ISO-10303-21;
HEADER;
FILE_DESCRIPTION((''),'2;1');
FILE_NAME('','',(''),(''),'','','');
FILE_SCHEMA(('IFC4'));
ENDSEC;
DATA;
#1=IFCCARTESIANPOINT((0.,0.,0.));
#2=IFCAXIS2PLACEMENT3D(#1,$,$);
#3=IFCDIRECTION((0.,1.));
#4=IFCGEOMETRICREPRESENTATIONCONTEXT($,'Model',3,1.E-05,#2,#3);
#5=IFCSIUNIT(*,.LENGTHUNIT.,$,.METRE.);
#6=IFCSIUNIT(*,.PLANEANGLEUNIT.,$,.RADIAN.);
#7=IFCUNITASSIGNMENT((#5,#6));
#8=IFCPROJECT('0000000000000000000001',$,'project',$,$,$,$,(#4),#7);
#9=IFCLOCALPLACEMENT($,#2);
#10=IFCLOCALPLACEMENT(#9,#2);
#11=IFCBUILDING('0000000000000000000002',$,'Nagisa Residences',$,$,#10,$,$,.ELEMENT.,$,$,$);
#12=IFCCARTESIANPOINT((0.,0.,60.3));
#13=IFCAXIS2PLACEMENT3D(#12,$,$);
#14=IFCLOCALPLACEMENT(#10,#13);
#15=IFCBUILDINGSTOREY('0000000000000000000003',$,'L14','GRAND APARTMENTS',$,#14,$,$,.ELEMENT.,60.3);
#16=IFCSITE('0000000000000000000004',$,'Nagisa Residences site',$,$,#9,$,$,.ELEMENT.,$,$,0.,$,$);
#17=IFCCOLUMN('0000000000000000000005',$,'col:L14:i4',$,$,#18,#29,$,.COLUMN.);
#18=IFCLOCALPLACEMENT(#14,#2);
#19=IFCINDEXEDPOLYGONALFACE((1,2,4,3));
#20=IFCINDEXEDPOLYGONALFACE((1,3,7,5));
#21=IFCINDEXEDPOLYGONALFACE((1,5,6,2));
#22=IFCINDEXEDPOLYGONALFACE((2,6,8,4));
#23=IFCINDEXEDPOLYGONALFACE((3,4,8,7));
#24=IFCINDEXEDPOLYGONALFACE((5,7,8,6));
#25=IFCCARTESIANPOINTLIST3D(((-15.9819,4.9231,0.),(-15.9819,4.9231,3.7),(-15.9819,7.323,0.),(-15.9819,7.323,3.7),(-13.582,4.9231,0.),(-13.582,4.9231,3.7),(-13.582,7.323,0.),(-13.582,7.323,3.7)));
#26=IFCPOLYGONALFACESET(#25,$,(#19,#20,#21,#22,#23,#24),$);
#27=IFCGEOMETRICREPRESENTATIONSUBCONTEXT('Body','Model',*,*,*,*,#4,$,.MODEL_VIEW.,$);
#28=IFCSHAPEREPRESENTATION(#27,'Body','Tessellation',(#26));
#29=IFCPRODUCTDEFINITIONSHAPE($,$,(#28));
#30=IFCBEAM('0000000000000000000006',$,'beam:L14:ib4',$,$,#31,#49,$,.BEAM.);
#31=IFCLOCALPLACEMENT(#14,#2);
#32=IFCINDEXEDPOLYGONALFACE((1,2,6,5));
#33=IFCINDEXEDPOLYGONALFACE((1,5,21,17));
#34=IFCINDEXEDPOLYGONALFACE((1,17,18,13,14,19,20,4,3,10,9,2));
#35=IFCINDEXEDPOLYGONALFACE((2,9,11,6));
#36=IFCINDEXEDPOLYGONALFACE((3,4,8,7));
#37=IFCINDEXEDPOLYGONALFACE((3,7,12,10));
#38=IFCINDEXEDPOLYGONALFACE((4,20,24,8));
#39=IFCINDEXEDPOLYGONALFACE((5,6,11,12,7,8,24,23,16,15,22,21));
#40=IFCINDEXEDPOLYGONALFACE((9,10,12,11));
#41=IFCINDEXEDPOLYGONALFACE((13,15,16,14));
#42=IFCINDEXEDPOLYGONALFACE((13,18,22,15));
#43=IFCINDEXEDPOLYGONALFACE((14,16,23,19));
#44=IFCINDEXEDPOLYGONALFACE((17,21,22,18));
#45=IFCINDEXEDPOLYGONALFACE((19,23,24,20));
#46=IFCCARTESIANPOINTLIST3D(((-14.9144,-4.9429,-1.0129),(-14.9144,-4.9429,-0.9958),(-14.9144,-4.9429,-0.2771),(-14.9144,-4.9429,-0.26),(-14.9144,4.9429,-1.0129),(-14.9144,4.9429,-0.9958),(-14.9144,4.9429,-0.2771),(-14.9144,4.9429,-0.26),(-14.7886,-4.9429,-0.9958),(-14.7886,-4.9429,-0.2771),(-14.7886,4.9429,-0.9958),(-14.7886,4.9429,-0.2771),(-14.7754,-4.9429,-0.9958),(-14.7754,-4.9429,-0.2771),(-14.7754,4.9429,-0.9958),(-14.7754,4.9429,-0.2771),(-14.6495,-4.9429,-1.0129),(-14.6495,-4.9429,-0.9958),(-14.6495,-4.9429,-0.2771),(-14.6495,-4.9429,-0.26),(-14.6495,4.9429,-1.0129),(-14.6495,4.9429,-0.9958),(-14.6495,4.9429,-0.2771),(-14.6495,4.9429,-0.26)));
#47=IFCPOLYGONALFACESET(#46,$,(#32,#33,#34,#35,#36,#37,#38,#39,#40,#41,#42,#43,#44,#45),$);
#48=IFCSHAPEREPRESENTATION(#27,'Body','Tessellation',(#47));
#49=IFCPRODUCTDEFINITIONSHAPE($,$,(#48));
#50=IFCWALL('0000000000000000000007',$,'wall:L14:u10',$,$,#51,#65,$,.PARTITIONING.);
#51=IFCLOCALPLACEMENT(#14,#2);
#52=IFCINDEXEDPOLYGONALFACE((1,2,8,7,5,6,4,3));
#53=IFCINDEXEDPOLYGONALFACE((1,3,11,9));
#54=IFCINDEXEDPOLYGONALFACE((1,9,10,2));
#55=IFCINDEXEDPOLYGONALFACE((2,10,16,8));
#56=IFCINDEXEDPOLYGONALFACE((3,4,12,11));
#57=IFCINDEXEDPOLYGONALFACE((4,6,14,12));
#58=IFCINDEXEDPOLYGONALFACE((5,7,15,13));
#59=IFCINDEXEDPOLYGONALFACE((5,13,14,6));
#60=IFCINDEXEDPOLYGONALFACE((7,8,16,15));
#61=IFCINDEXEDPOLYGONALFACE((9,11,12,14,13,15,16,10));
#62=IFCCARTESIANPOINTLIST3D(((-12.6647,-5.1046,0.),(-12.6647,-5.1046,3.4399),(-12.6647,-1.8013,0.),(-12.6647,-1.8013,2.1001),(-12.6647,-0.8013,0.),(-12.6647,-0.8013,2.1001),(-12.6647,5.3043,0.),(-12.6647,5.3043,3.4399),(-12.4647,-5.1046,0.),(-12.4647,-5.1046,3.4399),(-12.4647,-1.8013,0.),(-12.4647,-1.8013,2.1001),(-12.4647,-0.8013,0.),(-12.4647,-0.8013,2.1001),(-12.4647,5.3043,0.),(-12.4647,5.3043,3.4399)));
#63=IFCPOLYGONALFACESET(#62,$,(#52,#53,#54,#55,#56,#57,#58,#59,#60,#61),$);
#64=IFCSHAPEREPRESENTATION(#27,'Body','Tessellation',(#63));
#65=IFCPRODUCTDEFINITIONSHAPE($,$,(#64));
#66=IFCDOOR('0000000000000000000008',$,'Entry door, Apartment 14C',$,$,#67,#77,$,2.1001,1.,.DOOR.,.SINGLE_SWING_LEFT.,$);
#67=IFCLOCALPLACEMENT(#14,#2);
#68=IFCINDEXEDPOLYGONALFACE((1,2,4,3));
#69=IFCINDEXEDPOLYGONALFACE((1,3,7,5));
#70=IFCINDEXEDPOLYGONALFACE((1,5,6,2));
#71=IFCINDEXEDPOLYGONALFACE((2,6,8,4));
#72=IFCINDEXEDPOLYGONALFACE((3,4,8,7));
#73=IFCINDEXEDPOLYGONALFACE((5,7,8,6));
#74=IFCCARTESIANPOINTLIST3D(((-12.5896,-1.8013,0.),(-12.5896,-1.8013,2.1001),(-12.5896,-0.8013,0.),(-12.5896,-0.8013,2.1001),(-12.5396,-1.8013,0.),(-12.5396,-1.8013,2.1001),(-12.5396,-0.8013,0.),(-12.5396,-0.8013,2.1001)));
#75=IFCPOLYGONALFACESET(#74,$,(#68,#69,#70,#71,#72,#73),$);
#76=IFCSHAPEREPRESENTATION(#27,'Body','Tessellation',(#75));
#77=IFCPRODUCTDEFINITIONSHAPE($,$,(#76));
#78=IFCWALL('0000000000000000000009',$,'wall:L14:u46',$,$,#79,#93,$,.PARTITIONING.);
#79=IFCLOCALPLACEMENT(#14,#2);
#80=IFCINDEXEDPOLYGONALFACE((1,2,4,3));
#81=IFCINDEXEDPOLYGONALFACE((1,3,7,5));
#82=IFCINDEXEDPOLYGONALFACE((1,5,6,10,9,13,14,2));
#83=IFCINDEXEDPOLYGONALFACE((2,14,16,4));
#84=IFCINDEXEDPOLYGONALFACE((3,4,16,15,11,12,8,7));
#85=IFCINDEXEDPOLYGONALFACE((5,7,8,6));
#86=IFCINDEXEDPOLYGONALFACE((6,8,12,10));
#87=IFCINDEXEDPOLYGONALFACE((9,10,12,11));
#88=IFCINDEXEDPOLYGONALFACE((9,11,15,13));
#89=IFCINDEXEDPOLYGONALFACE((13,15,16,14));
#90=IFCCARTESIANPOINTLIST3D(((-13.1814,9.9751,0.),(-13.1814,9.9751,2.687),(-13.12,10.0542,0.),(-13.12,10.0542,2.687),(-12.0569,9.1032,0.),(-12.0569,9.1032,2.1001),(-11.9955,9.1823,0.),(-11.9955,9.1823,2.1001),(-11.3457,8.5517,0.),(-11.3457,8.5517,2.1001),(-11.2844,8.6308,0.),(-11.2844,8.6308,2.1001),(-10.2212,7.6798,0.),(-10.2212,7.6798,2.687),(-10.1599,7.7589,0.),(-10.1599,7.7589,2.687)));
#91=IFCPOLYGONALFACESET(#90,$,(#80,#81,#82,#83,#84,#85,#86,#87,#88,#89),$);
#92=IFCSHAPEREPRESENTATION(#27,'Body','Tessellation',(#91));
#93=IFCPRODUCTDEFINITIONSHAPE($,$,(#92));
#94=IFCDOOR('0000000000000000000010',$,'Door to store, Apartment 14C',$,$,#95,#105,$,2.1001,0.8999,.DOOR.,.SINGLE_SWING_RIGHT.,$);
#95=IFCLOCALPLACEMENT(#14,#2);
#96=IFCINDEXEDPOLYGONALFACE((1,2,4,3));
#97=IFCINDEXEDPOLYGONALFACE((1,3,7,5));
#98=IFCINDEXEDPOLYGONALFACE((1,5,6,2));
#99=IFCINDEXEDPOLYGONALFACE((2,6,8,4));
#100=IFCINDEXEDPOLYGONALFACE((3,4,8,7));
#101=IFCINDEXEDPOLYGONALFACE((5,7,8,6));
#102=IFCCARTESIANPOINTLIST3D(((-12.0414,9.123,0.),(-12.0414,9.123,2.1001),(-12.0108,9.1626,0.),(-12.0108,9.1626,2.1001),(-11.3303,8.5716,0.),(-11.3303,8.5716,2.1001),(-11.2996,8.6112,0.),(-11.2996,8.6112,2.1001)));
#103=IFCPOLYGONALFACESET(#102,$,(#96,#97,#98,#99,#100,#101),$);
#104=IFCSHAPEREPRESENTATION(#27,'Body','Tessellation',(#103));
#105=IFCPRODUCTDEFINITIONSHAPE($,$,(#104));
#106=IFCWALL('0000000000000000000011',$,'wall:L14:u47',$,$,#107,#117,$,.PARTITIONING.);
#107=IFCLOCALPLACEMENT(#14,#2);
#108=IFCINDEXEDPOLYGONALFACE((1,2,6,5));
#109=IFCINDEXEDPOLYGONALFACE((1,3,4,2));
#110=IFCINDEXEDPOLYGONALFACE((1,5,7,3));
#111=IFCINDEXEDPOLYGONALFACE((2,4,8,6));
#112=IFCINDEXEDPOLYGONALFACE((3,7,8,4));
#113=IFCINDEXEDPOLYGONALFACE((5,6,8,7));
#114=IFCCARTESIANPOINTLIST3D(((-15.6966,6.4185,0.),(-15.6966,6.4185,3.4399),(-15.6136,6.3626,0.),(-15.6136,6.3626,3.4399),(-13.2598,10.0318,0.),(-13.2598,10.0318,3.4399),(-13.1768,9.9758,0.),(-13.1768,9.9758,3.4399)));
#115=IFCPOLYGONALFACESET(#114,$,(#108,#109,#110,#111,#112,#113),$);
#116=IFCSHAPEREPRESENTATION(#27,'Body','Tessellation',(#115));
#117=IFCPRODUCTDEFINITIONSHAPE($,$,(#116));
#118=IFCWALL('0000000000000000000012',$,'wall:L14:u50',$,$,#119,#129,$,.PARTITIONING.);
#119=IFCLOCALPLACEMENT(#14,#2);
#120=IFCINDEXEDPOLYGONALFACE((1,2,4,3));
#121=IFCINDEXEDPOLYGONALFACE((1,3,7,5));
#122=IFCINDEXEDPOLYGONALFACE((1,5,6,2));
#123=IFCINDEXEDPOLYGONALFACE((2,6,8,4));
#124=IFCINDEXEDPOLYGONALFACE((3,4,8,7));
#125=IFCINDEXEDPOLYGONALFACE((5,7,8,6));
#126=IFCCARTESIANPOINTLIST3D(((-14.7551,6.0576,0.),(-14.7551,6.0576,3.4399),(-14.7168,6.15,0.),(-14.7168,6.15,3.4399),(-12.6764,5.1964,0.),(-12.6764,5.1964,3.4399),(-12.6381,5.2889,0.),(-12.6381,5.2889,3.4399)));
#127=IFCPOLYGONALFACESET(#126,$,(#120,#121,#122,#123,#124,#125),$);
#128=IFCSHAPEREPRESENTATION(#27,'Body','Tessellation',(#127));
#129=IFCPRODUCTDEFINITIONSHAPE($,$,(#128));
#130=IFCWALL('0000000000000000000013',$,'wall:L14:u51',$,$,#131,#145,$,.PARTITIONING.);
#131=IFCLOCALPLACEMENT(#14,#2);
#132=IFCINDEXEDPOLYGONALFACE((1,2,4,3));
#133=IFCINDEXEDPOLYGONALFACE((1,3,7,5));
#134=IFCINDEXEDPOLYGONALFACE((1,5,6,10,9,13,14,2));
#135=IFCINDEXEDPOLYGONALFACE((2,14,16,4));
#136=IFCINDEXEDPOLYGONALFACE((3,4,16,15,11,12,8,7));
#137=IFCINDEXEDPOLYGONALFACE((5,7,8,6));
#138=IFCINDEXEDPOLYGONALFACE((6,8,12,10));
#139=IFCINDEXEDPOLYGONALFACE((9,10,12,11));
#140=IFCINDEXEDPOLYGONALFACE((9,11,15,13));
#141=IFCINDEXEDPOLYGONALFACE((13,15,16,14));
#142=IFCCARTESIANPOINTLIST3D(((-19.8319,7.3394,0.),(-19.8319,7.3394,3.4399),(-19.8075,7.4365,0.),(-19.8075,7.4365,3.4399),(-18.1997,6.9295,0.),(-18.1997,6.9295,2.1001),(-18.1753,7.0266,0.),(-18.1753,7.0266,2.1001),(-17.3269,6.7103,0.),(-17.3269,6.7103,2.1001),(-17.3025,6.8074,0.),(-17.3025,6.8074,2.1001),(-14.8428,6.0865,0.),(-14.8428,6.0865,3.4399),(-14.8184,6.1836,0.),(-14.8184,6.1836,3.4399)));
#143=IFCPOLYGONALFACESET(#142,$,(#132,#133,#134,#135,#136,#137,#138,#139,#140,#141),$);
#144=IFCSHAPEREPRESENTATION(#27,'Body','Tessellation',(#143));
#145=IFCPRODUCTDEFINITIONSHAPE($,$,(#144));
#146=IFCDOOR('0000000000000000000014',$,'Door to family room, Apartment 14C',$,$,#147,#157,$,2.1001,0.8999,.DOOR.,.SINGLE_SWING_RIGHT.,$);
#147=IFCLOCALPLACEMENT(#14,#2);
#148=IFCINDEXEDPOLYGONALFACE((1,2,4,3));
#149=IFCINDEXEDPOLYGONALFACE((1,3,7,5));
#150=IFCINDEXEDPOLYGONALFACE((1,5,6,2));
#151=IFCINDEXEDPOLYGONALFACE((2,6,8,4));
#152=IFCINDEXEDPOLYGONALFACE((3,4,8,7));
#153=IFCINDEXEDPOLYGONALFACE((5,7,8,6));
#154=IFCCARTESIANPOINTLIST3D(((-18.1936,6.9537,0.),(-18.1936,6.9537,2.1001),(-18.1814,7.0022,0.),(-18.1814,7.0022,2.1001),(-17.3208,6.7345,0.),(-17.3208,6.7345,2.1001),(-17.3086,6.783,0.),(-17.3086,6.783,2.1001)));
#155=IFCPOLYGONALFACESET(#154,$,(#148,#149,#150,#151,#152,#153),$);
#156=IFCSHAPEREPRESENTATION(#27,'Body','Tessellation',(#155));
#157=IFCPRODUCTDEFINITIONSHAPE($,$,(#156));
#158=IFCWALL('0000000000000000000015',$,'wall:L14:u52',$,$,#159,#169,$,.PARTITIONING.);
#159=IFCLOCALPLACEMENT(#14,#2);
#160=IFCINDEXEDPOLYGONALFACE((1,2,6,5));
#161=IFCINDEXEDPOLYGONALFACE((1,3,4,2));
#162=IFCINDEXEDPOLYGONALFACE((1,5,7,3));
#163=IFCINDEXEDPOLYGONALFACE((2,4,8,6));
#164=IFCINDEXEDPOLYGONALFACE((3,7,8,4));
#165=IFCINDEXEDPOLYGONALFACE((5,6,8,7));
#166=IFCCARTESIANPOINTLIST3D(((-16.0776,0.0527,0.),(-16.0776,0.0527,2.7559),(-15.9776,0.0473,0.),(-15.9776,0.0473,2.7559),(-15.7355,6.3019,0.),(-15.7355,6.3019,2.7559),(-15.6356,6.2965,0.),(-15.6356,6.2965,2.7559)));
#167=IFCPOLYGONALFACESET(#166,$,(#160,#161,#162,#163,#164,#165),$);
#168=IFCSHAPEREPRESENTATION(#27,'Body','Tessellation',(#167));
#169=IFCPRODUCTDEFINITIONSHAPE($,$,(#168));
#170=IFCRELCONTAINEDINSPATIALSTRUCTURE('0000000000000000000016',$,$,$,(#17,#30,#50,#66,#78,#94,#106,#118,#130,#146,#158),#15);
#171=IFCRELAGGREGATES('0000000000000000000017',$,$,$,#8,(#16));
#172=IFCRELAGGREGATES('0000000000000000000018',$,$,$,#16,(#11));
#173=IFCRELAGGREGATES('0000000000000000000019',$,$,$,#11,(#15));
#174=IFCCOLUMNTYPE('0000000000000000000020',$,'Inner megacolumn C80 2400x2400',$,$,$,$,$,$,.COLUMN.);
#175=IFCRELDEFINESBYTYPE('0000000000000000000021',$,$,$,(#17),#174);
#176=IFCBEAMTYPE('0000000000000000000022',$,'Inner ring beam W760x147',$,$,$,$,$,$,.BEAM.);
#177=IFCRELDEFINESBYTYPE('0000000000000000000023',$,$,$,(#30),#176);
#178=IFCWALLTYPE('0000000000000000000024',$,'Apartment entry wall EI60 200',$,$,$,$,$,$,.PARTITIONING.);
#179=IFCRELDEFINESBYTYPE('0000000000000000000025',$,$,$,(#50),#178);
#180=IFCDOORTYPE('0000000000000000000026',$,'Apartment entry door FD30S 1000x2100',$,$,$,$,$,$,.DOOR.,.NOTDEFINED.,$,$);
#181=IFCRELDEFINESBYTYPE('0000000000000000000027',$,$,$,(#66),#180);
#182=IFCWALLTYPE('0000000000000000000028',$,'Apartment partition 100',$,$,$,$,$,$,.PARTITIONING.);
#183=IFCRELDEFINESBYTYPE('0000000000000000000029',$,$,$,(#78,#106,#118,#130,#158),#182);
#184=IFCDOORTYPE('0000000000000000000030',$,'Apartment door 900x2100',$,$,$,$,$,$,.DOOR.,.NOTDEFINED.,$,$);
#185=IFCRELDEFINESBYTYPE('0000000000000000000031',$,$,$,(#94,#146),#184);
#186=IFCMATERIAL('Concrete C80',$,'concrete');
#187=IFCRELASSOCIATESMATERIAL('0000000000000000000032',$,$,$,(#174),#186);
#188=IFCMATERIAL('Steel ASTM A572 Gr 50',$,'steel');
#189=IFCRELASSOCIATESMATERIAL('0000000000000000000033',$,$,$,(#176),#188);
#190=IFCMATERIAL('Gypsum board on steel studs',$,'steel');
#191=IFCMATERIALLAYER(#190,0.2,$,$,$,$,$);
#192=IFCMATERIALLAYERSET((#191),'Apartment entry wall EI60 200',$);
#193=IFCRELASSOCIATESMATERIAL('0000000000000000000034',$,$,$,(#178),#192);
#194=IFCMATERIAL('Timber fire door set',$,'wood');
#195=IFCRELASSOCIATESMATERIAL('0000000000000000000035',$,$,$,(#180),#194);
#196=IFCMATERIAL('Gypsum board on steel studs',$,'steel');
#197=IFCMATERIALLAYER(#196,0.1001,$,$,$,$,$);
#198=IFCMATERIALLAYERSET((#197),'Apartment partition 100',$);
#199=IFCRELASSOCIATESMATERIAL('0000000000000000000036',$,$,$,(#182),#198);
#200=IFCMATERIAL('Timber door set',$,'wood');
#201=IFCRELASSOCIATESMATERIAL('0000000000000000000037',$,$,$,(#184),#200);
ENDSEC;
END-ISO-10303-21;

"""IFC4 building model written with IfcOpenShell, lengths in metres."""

from ifc_helpers import new_model, si_unit, direction, frame, frame_2d, origin, origin_2d, place, context, subcontext, project, spatial, rectangle, i_section, extrude, material, layer, layer_set, material_profile, profile_set, type_object, element, fill, save


model = new_model("IFC4")

# Units and contexts
model_context = context("Model", 3, precision=1e-05, world=origin(), true_north=direction((0.0, 1.0)))
body_context = subcontext(model_context, "Body", "Model", "MODEL_VIEW")
ifc_project = project(units=[si_unit("LENGTHUNIT", "METRE"), si_unit("PLANEANGLEUNIT", "RADIAN")], contexts=[model_context])

# Site, building, storey
site_placement = place(None, origin())
site = spatial("IfcSite", under=ifc_project, at=site_placement, Name="Nagisa Residences site", CompositionType="ELEMENT", RefElevation=0.0)
building_placement = place(site_placement, origin())
building = spatial("IfcBuilding", under=site, at=building_placement, Name="Nagisa Residences", CompositionType="ELEMENT")
storey_placement = place(building_placement, frame((0.0, 0.0, 60.3)))
storey = spatial("IfcBuildingStorey", under=building, at=storey_placement, Name="L14", Description="GRAND APARTMENTS", CompositionType="ELEMENT", Elevation=60.3)

# Column
ifc_material_1 = material(Name="Concrete C80", Category="concrete")
ifc_material_profile_1 = material_profile(ifc_material_1, rectangle(XDim=2.3999, YDim=2.3999, at=origin_2d()), Name="C80 2400x2400")
ifc_profile_set_1 = profile_set([ifc_material_profile_1], Name="Concrete C80")
column_type = type_object("IfcColumnType", Name="Inner megacolumn C80 2400x2400", PredefinedType="COLUMN", material=ifc_profile_set_1)
column_placement = place(storey_placement, frame((-14.782, 6.123, 0.0), z_axis=(0.0, 0.0, 1.0), x_axis=(1.0, 0.0, 0.0)))
element("IfcColumn", 1, at=column_placement, inside=storey, type_object=column_type, Name="col:L14:i4", PredefinedType="COLUMN", context=body_context, shape_type="SweptSolid", body=[
    extrude(rectangle(XDim=2.3999, YDim=2.3999, at=origin_2d()), origin(), (0.0, 0.0, 1.0), 3.7),
])

# Beam
ifc_material_2 = material(Name="Steel ASTM A572 Gr 50", Category="steel")
ifc_material_profile_2 = material_profile(ifc_material_2, i_section(OverallWidth=0.2649, OverallDepth=0.7529, WebThickness=0.0132, FlangeThickness=0.0171, at=origin_2d()), Name="W760x147")
ifc_profile_set_2 = profile_set([ifc_material_profile_2], Name="Steel ASTM A572 Gr 50")
beam_type = type_object("IfcBeamType", Name="Inner ring beam W760x147", PredefinedType="BEAM", material=ifc_profile_set_2)
beam_placement = place(storey_placement, frame((-14.782, 4.9429, -0.6365), z_axis=(0.0, -1.0, 0.0), x_axis=(1.0, 0.0, 0.0)))
element("IfcBeam", 2, at=beam_placement, inside=storey, type_object=beam_type, Name="beam:L14:ib4", PredefinedType="BEAM", context=body_context, shape_type="SweptSolid", body=[
    extrude(i_section(OverallWidth=0.2649, OverallDepth=0.7529, WebThickness=0.0132, FlangeThickness=0.0171, at=origin_2d()), origin(), (0.0, 0.0, 1.0), 9.8857),
])

# Walls, openings, doors
ifc_material_3 = material(Name="Gypsum board on steel studs", Category="steel")
ifc_layer_1 = layer(ifc_material_3, 0.2)
ifc_layer_set_1 = layer_set([ifc_layer_1], Name="Apartment entry wall EI60 200")
wall_type_1 = type_object("IfcWallType", Name="Apartment entry wall EI60 200", PredefinedType="PARTITIONING", material=ifc_layer_set_1)
wall_1_placement = place(storey_placement, frame((-12.5647, 5.3044, 0.0), z_axis=(0.0, 0.0, 1.0), x_axis=(0.0, -1.0, 0.0)))
wall_1 = element("IfcWall", 3, at=wall_1_placement, inside=storey, type_object=wall_type_1, Name="wall:L14:u10", PredefinedType="PARTITIONING", context=body_context, shape_type="SweptSolid", body=[
    extrude(rectangle(XDim=10.4089, YDim=0.2, at=frame_2d((5.2046, 0.0))), origin(), (0.0, 0.0, 1.0), 3.4399),
])
opening_1_placement = place(wall_1_placement, frame((6.1057, 0.0, 0.0)))
opening_1 = element("IfcOpeningElement", 4, at=opening_1_placement, cuts=wall_1, PredefinedType="OPENING", context=body_context, shape_type="SweptSolid", body=[
    extrude(rectangle(XDim=1.0, YDim=2.1001, at=frame_2d((0.5, 1.05))), frame((0.0, 0.1099, 0.0), z_axis=(0.0, -1.0, 0.0), x_axis=(1.0, 0.0, 0.0)), (0.0, 0.0, 1.0), 0.22),
])
ifc_material_4 = material(Name="Timber fire door set", Category="wood")
door_type_1 = type_object("IfcDoorType", Name="Apartment entry door FD30S 1000x2100", OperationType="NOTDEFINED", PredefinedType="DOOR", material=ifc_material_4)
door_1_placement = place(opening_1_placement, frame((1.0, 0.0, 0.0), x_axis=(-1.0, 0.0, 0.0)))
door_1 = element("IfcDoor", 5, at=door_1_placement, inside=storey, type_object=door_type_1, Name="Entry door, Apartment 14C", OperationType="SINGLE_SWING_LEFT", OverallHeight=2.1001, OverallWidth=1.0, PredefinedType="DOOR", context=body_context, shape_type="SweptSolid", body=[
    extrude(rectangle(XDim=1.0, YDim=2.1001, at=frame_2d((0.5, 1.05))), frame((0.0, 0.0249, 0.0), z_axis=(0.0, -1.0, 0.0), x_axis=(1.0, 0.0, 0.0)), (0.0, 0.0, 1.0), 0.05),
])
fill(opening_1, door_1)
ifc_material_5 = material(Name="Gypsum board on steel studs", Category="steel")
ifc_layer_2 = layer(ifc_material_5, 0.1001)
ifc_layer_set_2 = layer_set([ifc_layer_2], Name="Apartment partition 100")
wall_type_2 = type_object("IfcWallType", Name="Apartment partition 100", PredefinedType="PARTITIONING", material=ifc_layer_set_2)
wall_2_placement = place(storey_placement, frame((-10.1904, 7.7192, 0.0), z_axis=(0.0, 0.0, 1.0), x_axis=(-0.790253, 0.61278, 0.0)))
wall_2 = element("IfcWall", 6, at=wall_2_placement, inside=storey, type_object=wall_type_2, Name="wall:L14:u46", PredefinedType="PARTITIONING", context=body_context, shape_type="SweptSolid", body=[
    extrude(rectangle(XDim=3.7458, YDim=0.1001, at=frame_2d((1.873, 0.0))), origin(), (0.0, 0.0, 1.0), 2.687),
])
opening_2_placement = place(wall_2_placement, frame((1.4231, 0.0, 0.0)))
opening_2 = element("IfcOpeningElement", 7, at=opening_2_placement, cuts=wall_2, PredefinedType="OPENING", context=body_context, shape_type="SweptSolid", body=[
    extrude(rectangle(XDim=0.8999, YDim=2.1001, at=frame_2d((0.45, 1.05))), frame((0.0, 0.0601, 0.0), z_axis=(0.0, -1.0, 0.0), x_axis=(1.0, 0.0, 0.0)), (0.0, 0.0, 1.0), 0.1201),
])
ifc_material_6 = material(Name="Timber door set", Category="wood")
door_type_2 = type_object("IfcDoorType", Name="Apartment door 900x2100", OperationType="NOTDEFINED", PredefinedType="DOOR", material=ifc_material_6)
door_2_placement = place(opening_2_placement, origin())
door_2 = element("IfcDoor", 8, at=door_2_placement, inside=storey, type_object=door_type_2, Name="Door to store, Apartment 14C", OperationType="SINGLE_SWING_RIGHT", OverallHeight=2.1001, OverallWidth=0.8999, PredefinedType="DOOR", context=body_context, shape_type="SweptSolid", body=[
    extrude(rectangle(XDim=0.8999, YDim=2.1001, at=frame_2d((0.45, 1.05))), frame((0.0, 0.0249, 0.0), z_axis=(0.0, -1.0, 0.0), x_axis=(1.0, 0.0, 0.0)), (0.0, 0.0, 1.0), 0.05),
])
fill(opening_2, door_2)

# Walls
wall_3_placement = place(storey_placement, frame((-13.2183, 10.0039, 0.0), z_axis=(0.0, 0.0, 1.0), x_axis=(-0.559126, -0.829082, 0.0)))
element("IfcWall", 9, at=wall_3_placement, inside=storey, type_object=wall_type_2, Name="wall:L14:u47", PredefinedType="PARTITIONING", context=body_context, shape_type="SweptSolid", body=[
    extrude(rectangle(XDim=4.3582, YDim=0.1001, at=frame_2d((2.1792, 0.0))), origin(), (0.0, 0.0, 1.0), 3.4399),
])
wall_4_placement = place(storey_placement, frame((-12.6572, 5.2427, 0.0), z_axis=(0.0, 0.0, 1.0), x_axis=(-0.923865, 0.382719, 0.0)))
element("IfcWall", 10, at=wall_4_placement, inside=storey, type_object=wall_type_2, Name="wall:L14:u50", PredefinedType="PARTITIONING", context=body_context, shape_type="SweptSolid", body=[
    extrude(rectangle(XDim=2.25, YDim=0.1001, at=frame_2d((1.125, 0.0))), origin(), (0.0, 0.0, 1.0), 3.4399),
])

# Wall, opening, door
wall_5_placement = place(storey_placement, frame((-14.8306, 6.135, 0.0), z_axis=(0.0, 0.0, 1.0), x_axis=(-0.969882, 0.243574, 0.0)))
wall_5 = element("IfcWall", 11, at=wall_5_placement, inside=storey, type_object=wall_type_2, Name="wall:L14:u51", PredefinedType="PARTITIONING", context=body_context, shape_type="SweptSolid", body=[
    extrude(rectangle(XDim=5.144, YDim=0.1001, at=frame_2d((2.572, 0.0))), origin(), (0.0, 0.0, 1.0), 3.4399),
])
opening_3_placement = place(wall_5_placement, frame((2.5613, 0.0, 0.0)))
opening_3 = element("IfcOpeningElement", 12, at=opening_3_placement, cuts=wall_5, PredefinedType="OPENING", context=body_context, shape_type="SweptSolid", body=[
    extrude(rectangle(XDim=0.8999, YDim=2.1001, at=frame_2d((0.45, 1.05))), frame((0.0, 0.0601, 0.0), z_axis=(0.0, -1.0, 0.0), x_axis=(1.0, 0.0, 0.0)), (0.0, 0.0, 1.0), 0.1201),
])
door_3_placement = place(opening_3_placement, frame((0.8999, 0.0, 0.0), x_axis=(-1.0, 0.0, 0.0)))
door_3 = element("IfcDoor", 13, at=door_3_placement, inside=storey, type_object=door_type_2, Name="Door to family room, Apartment 14C", OperationType="SINGLE_SWING_RIGHT", OverallHeight=2.1001, OverallWidth=0.8999, PredefinedType="DOOR", context=body_context, shape_type="SweptSolid", body=[
    extrude(rectangle(XDim=0.8999, YDim=2.1001, at=frame_2d((0.45, 1.05))), frame((0.0, 0.0249, 0.0), z_axis=(0.0, -1.0, 0.0), x_axis=(1.0, 0.0, 0.0)), (0.0, 0.0, 1.0), 0.05),
])
fill(opening_3, door_3)

# Wall
wall_6_placement = place(storey_placement, frame((-15.6855, 6.2993, 0.0), z_axis=(0.0, 0.0, 1.0), x_axis=(-0.054651, -0.998506, 0.0)))
element("IfcWall", 14, at=wall_6_placement, inside=storey, type_object=wall_type_2, Name="wall:L14:u52", PredefinedType="PARTITIONING", context=body_context, shape_type="SweptSolid", body=[
    extrude(rectangle(XDim=6.2585, YDim=0.1001, at=frame_2d((3.1294, 0.0))), origin(), (0.0, 0.0, 1.0), 2.7559),
])

save(model, "model.ifc")
